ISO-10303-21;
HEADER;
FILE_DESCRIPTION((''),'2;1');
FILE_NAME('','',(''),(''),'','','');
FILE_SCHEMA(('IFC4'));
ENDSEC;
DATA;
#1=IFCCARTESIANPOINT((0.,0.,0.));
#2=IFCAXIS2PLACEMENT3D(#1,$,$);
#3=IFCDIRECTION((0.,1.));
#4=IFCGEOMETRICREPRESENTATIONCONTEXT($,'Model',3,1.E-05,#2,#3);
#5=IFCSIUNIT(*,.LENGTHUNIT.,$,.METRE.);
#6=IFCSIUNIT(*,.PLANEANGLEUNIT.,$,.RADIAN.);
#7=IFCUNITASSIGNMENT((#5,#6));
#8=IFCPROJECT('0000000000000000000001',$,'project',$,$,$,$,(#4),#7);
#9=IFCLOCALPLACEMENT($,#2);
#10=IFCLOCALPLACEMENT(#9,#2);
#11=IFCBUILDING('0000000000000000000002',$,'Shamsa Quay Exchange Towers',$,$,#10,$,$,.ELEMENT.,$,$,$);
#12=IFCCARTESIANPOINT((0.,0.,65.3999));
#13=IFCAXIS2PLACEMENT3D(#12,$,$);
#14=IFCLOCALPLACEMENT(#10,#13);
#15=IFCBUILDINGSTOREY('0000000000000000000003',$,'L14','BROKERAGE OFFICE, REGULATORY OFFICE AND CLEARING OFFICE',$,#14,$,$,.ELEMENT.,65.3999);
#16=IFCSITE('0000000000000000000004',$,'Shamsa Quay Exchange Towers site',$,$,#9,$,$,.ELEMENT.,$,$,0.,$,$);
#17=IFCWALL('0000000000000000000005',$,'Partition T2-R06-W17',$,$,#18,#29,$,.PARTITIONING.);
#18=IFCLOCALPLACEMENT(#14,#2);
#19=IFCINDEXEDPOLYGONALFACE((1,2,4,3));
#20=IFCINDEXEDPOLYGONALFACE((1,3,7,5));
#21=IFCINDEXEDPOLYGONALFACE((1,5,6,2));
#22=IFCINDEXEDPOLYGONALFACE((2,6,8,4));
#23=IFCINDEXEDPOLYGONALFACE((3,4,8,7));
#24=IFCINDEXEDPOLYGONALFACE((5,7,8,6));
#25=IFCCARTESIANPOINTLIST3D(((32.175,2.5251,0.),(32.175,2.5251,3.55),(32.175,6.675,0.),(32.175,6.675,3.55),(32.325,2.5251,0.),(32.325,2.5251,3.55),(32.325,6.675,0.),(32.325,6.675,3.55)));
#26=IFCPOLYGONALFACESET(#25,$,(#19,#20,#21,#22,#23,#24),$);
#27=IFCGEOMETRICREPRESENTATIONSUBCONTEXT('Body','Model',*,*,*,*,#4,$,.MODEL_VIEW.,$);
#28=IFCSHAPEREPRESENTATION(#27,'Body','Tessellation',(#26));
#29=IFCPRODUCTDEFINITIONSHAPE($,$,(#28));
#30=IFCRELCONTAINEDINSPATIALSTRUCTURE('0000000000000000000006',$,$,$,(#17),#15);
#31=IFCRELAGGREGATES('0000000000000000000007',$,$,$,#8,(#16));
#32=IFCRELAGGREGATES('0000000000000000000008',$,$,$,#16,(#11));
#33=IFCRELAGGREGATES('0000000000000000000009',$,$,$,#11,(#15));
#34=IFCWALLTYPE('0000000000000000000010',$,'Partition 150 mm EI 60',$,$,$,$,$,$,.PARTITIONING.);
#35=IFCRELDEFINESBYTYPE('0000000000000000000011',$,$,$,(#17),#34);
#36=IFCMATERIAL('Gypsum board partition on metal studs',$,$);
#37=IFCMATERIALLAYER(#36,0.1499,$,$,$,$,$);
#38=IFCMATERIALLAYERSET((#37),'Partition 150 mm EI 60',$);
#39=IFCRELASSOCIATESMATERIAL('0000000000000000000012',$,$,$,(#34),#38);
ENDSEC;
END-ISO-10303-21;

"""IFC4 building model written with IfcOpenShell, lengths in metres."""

from ifc_helpers import new_model, si_unit, direction, frame, frame_2d, origin, place, context, subcontext, project, spatial, rectangle, extrude, material, layer, layer_set, type_object, element, save


model = new_model("IFC4")

# Units and contexts
model_context = context("Model", 3, precision=1e-05, world=origin(), true_north=direction((0.0, 1.0)))
body_context = subcontext(model_context, "Body", "Model", "MODEL_VIEW")
ifc_project = project(units=[si_unit("LENGTHUNIT", "METRE"), si_unit("PLANEANGLEUNIT", "RADIAN")], contexts=[model_context])

# Site, building, storey
site_placement = place(None, origin())
site = spatial("IfcSite", under=ifc_project, at=site_placement, Name="Shamsa Quay Exchange Towers site", CompositionType="ELEMENT", RefElevation=0.0)
building_placement = place(site_placement, origin())
building = spatial("IfcBuilding", under=site, at=building_placement, Name="Shamsa Quay Exchange Towers", CompositionType="ELEMENT")
storey_placement = place(building_placement, frame((0.0, 0.0, 65.3999)))
storey = spatial("IfcBuildingStorey", under=building, at=storey_placement, Name="L14", Description="BROKERAGE OFFICE, REGULATORY OFFICE AND CLEARING OFFICE", CompositionType="ELEMENT", Elevation=65.3999)

# Shared definitions
ifc_material_1 = material(Name="Gypsum board partition on metal studs")
ifc_layer_1 = layer(ifc_material_1, 0.1499)
ifc_layer_set_1 = layer_set([ifc_layer_1], Name="Partition 150 mm EI 60")
wall_type_1 = type_object("IfcWallType", Name="Partition 150 mm EI 60", PredefinedType="PARTITIONING", material=ifc_layer_set_1)

# Wall
wall_1_placement = place(storey_placement, frame((32.25, 6.675, 0.0), z_axis=(0.0, 0.0, 1.0), x_axis=(0.0, -1.0, 0.0)))
element("IfcWall", 1, at=wall_1_placement, inside=storey, type_object=wall_type_1, Name="Partition T2-R06-W17", PredefinedType="PARTITIONING", context=body_context, shape_type="SweptSolid", body=[
    extrude(rectangle(XDim=4.1499, YDim=0.1499, at=frame_2d((2.075, 0.0))), origin(), (0.0, 0.0, 1.0), 3.55),
])

save(model, "model.ifc")
